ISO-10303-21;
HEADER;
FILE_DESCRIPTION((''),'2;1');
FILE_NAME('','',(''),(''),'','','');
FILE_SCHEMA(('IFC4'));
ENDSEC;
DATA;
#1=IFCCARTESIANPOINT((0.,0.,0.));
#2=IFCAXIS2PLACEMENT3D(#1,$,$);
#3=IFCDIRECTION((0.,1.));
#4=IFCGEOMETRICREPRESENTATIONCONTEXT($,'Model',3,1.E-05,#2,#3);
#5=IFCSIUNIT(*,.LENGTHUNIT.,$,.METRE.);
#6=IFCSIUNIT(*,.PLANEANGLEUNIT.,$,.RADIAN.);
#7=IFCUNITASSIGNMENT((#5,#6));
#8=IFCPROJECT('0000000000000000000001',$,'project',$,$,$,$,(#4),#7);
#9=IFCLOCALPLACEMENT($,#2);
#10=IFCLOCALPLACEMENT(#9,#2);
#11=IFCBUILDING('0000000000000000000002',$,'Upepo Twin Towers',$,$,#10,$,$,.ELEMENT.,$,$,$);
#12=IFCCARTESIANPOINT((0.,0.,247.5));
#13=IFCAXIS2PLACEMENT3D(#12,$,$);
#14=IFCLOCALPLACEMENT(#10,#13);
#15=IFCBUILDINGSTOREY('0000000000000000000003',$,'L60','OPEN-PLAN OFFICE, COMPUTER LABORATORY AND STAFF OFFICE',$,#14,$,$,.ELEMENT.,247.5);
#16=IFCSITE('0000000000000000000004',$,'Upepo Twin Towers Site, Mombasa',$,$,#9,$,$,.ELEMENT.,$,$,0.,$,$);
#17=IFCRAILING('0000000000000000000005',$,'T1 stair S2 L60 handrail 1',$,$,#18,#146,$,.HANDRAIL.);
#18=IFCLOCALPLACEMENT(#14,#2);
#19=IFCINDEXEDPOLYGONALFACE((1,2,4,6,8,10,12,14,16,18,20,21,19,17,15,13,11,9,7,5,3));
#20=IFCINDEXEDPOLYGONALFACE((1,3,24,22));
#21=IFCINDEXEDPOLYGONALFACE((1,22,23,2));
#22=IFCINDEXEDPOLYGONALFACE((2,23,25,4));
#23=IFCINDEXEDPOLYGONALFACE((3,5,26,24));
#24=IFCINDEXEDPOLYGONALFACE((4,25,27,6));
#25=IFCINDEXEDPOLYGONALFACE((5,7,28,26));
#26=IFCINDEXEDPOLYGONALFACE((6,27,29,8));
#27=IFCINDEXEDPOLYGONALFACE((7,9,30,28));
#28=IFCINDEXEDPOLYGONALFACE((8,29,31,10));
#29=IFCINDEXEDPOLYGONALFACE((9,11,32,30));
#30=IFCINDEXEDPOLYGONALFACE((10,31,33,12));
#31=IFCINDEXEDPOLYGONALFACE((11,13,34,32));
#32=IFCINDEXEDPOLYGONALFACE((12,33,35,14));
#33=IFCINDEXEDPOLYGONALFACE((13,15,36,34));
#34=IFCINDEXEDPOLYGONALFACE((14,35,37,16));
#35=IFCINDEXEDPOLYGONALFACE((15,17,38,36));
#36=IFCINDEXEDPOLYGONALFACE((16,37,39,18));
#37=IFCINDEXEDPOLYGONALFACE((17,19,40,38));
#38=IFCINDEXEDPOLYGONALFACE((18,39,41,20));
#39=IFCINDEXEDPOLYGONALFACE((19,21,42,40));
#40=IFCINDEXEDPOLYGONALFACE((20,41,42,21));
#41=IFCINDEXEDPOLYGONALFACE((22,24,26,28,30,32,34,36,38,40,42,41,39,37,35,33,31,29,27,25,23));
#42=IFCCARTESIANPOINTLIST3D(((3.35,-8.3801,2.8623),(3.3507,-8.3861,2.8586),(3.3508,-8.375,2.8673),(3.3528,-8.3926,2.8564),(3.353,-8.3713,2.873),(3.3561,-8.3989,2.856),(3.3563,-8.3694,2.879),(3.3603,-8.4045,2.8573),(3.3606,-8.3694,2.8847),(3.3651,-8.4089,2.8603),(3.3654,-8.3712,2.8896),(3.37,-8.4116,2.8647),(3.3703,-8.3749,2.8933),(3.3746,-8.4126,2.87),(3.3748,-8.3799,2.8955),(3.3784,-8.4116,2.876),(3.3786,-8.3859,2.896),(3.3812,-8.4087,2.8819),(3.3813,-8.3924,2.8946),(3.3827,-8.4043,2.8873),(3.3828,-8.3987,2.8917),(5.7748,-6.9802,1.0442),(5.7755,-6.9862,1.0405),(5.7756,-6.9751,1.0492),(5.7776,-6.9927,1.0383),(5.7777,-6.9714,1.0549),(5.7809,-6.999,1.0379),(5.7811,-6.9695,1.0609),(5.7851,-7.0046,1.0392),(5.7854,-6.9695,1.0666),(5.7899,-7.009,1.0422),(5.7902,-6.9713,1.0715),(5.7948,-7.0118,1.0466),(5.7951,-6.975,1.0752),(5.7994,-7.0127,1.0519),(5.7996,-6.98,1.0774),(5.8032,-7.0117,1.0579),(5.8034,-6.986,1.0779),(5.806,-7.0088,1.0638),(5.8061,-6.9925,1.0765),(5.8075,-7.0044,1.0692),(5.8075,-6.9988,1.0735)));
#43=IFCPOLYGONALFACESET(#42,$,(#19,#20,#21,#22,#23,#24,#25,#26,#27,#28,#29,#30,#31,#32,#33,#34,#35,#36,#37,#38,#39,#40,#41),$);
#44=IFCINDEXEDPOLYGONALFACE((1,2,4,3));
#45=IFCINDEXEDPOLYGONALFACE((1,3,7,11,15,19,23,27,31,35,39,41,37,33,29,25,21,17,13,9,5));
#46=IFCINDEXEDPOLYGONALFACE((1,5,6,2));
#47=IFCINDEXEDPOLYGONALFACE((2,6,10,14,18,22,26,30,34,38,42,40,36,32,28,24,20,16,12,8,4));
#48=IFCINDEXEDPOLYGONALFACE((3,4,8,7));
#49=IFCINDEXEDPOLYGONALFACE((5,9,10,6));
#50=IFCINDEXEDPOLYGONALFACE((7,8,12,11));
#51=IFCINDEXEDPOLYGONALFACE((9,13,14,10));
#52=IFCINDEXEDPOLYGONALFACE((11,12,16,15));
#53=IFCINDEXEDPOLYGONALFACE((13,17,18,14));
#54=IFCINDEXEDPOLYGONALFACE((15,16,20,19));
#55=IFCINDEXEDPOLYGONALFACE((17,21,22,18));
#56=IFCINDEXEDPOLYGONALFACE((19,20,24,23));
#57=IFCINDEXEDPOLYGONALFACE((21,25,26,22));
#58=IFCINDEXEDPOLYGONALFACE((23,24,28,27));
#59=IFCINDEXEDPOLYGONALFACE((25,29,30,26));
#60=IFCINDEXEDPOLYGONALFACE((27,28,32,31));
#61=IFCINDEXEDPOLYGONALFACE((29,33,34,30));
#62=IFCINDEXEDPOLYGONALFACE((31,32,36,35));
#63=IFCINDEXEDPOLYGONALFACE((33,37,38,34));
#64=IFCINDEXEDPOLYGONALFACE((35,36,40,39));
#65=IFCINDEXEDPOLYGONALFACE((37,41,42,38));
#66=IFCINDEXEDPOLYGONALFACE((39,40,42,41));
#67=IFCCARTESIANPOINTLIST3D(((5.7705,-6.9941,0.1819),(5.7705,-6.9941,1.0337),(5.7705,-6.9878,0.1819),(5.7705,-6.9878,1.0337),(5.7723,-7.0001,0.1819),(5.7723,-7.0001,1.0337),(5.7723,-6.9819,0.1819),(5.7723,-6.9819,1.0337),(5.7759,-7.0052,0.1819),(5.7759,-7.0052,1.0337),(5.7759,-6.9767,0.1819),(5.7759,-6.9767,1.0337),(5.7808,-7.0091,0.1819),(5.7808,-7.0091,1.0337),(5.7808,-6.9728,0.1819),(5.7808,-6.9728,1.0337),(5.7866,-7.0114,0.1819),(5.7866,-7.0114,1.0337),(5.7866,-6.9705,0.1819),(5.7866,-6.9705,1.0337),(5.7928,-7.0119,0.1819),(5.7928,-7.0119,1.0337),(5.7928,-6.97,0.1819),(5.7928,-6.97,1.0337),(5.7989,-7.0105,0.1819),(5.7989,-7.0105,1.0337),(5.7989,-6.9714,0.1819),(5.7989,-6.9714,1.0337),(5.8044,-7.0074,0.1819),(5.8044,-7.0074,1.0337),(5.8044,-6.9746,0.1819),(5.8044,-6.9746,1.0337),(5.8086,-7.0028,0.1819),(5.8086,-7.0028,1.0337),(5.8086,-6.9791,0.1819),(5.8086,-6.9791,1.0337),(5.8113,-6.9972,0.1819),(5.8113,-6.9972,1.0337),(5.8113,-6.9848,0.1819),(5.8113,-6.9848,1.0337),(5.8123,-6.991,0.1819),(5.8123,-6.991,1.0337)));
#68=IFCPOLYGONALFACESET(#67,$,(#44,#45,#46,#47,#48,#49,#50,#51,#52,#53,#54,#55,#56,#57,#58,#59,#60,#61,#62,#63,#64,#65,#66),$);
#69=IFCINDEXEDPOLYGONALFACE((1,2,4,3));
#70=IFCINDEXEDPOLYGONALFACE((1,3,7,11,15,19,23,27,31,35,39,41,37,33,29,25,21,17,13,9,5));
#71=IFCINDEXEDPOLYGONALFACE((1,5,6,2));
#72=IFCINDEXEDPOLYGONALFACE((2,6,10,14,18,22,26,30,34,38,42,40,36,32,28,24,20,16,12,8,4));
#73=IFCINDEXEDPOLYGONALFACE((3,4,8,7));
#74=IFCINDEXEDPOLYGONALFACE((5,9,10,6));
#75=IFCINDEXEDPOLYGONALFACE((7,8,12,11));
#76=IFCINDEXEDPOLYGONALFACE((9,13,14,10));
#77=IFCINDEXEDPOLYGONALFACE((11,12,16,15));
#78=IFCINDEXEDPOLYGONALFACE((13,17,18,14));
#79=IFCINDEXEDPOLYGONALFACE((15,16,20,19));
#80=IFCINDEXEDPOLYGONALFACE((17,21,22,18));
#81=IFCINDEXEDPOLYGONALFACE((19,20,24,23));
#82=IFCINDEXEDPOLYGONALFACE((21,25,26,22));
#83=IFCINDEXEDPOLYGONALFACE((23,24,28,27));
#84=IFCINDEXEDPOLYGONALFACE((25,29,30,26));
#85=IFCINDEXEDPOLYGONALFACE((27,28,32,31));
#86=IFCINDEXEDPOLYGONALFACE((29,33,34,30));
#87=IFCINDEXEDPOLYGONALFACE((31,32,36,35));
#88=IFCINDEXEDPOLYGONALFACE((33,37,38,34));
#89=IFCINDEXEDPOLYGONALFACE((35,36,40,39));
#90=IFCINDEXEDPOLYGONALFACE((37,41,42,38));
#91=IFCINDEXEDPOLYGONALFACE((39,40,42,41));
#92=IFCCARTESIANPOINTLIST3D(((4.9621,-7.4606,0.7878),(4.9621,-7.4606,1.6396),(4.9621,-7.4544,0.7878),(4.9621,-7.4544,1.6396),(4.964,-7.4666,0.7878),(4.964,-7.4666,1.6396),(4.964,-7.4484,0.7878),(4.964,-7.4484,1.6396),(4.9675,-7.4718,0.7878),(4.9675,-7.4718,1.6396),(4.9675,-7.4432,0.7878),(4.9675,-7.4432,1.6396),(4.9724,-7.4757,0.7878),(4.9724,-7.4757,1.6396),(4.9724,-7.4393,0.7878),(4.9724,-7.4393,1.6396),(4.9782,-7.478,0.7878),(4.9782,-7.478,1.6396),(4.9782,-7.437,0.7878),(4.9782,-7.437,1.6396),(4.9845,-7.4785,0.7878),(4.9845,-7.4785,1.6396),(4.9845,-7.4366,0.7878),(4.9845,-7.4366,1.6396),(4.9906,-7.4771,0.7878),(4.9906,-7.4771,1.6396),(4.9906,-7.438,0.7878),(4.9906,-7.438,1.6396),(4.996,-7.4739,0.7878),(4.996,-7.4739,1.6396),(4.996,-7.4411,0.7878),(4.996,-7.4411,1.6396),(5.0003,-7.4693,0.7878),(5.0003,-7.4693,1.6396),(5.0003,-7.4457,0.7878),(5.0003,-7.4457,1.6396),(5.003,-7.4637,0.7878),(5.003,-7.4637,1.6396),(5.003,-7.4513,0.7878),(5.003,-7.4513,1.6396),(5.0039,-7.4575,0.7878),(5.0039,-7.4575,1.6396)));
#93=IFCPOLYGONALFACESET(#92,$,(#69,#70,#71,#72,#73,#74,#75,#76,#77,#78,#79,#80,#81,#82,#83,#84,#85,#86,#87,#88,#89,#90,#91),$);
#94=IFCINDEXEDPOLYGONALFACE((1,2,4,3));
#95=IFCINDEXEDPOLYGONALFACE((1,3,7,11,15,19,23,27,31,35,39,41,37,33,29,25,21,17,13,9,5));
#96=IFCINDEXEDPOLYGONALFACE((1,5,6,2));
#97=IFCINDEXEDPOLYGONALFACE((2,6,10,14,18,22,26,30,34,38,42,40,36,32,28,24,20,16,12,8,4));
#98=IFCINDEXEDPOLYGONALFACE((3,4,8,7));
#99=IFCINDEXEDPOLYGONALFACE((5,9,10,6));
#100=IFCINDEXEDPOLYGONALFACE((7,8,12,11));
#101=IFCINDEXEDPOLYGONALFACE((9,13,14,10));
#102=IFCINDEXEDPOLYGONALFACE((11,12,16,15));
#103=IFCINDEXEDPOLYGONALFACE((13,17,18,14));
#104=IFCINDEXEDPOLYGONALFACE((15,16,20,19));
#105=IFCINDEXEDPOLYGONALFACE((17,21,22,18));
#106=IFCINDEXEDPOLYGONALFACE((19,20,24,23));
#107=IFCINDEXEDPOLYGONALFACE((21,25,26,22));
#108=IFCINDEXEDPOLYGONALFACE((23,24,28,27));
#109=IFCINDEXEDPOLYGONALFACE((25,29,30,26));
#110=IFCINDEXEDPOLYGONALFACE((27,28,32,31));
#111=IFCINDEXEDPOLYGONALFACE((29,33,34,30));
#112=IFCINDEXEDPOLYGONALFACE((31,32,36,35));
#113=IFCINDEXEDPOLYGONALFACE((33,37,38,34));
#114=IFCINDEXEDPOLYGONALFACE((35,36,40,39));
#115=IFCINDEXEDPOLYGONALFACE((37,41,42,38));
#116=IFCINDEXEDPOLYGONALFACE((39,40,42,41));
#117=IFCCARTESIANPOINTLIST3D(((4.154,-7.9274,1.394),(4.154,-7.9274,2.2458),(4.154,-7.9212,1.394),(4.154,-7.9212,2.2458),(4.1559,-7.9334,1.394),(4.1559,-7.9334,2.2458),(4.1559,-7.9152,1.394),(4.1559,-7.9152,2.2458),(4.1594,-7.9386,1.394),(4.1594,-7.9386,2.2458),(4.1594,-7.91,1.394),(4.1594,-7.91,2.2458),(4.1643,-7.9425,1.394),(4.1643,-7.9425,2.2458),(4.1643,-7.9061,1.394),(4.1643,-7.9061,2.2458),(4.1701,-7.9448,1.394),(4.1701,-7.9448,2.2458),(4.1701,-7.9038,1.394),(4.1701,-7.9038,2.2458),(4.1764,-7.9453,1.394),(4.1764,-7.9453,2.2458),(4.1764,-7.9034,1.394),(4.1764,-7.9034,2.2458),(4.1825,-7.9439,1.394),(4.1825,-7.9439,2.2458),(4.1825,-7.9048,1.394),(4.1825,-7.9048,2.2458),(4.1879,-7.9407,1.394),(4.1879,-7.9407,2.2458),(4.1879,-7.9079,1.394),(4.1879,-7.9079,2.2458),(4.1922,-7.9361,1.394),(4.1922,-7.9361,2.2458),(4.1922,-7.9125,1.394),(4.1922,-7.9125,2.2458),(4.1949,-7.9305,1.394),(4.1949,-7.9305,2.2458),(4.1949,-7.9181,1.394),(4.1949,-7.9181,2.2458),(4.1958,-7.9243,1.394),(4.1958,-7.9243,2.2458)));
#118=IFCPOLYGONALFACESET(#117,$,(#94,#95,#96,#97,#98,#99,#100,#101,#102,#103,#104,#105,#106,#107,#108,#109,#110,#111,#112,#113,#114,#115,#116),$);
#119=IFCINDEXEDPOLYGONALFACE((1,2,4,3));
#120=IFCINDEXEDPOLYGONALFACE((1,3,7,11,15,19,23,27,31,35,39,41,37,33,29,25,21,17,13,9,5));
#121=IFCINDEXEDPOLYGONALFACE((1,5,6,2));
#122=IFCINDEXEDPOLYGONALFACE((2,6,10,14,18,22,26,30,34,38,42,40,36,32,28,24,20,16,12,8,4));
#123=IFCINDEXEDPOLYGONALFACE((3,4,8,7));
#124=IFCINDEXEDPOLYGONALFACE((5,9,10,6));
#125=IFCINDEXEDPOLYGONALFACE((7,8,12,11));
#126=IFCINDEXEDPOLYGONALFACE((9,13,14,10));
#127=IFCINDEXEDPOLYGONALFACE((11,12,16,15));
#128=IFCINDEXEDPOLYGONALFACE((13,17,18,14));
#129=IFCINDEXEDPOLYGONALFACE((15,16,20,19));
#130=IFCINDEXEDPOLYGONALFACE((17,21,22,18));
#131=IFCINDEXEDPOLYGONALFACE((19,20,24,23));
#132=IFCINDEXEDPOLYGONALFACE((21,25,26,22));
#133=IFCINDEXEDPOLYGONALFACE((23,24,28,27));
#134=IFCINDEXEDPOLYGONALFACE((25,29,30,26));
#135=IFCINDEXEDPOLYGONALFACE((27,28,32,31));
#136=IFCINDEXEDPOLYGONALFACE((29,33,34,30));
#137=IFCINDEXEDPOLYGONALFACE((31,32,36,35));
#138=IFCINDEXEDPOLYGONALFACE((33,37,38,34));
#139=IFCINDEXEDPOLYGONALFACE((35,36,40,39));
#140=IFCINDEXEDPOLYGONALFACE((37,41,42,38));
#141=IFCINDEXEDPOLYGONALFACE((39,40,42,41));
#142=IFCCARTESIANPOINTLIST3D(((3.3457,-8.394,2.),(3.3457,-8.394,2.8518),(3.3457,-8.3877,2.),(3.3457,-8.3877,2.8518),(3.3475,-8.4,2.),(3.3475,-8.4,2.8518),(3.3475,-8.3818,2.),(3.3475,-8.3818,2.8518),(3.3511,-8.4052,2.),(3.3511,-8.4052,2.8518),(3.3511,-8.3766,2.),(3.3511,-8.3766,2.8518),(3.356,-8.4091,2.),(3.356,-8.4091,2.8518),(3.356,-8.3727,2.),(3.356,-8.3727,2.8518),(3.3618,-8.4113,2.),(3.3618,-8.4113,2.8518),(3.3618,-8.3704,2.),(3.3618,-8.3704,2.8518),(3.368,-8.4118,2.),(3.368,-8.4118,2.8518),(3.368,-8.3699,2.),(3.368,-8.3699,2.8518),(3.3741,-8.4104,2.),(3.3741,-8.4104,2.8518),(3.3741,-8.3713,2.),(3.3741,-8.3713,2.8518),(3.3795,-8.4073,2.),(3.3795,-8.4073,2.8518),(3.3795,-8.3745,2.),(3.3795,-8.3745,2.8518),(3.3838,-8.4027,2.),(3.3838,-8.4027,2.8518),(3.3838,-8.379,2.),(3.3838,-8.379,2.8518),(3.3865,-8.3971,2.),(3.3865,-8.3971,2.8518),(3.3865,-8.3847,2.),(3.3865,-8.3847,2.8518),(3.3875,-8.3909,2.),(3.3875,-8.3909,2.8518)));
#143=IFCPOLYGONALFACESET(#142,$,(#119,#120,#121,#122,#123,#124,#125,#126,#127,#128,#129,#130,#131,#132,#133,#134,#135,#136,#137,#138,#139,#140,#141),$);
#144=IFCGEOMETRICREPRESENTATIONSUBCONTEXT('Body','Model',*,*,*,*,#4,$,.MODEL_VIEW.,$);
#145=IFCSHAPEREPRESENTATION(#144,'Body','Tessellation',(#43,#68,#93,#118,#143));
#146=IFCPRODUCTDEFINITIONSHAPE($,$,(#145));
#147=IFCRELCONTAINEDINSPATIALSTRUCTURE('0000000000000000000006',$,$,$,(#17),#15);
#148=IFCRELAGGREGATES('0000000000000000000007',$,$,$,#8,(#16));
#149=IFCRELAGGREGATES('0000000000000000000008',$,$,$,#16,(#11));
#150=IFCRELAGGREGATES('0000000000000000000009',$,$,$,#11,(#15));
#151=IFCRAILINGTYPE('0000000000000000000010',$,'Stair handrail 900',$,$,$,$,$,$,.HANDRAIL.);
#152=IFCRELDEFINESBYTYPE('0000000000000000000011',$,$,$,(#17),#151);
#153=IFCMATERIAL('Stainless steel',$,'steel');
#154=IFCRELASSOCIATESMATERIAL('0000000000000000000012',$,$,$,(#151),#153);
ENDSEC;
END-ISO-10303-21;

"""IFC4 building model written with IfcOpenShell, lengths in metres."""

from ifc_helpers import new_model, si_unit, direction, frame, origin, origin_2d, place, context, subcontext, project, spatial, circle, extrude, material, type_object, element, save


model = new_model("IFC4")

# Units and contexts
model_context = context("Model", 3, precision=1e-05, world=origin(), true_north=direction((0.0, 1.0)))
body_context = subcontext(model_context, "Body", "Model", "MODEL_VIEW")
ifc_project = project(units=[si_unit("LENGTHUNIT", "METRE"), si_unit("PLANEANGLEUNIT", "RADIAN")], contexts=[model_context])

# Site, building, storey
site_placement = place(None, origin())
site = spatial("IfcSite", under=ifc_project, at=site_placement, Name="Upepo Twin Towers Site, Mombasa", CompositionType="ELEMENT", RefElevation=0.0)
building_placement = place(site_placement, origin())
building = spatial("IfcBuilding", under=site, at=building_placement, Name="Upepo Twin Towers", CompositionType="ELEMENT")
storey_placement = place(building_placement, frame((0.0, 0.0, 247.5)))
storey = spatial("IfcBuildingStorey", under=building, at=storey_placement, Name="L60", Description="OPEN-PLAN OFFICE, COMPUTER LABORATORY AND STAFF OFFICE", CompositionType="ELEMENT", Elevation=247.5)

# Railing
ifc_material_1 = material(Name="Stainless steel", Category="steel")
railing_type = type_object("IfcRailingType", Name="Stair handrail 900", PredefinedType="HANDRAIL", material=ifc_material_1)
railing_1_placement = place(storey_placement, frame((5.7913, -6.991, 0.1819)))
element("IfcRailing", 1, at=railing_1_placement, inside=storey, type_object=railing_type, Name="T1 stair S2 L60 handrail 1", PredefinedType="HANDRAIL", context=body_context, shape_type="SweptSolid", body=[
    extrude(circle(Radius=0.0239, at=origin_2d()), frame((0.0, 0.0, 0.876), z_axis=(-0.726336, -0.419333, 0.544606), x_axis=(0.499984, -0.866035, 0.0)), (0.0, 0.0, 1.0), 3.3384),
    extrude(circle(Radius=0.021, at=origin_2d()), origin(), (0.0, 0.0, 1.0), 0.8518),
    extrude(circle(Radius=0.021, at=origin_2d()), frame((-0.8083, -0.4666, 0.606)), (0.0, 0.0, 1.0), 0.8518),
    extrude(circle(Radius=0.021, at=origin_2d()), frame((-1.6165, -0.9333, 1.2122)), (0.0, 0.0, 1.0), 0.8518),
    extrude(circle(Radius=0.021, at=origin_2d()), frame((-2.4248, -1.3999, 1.8181)), (0.0, 0.0, 1.0), 0.8518),
])

save(model, "model.ifc")
